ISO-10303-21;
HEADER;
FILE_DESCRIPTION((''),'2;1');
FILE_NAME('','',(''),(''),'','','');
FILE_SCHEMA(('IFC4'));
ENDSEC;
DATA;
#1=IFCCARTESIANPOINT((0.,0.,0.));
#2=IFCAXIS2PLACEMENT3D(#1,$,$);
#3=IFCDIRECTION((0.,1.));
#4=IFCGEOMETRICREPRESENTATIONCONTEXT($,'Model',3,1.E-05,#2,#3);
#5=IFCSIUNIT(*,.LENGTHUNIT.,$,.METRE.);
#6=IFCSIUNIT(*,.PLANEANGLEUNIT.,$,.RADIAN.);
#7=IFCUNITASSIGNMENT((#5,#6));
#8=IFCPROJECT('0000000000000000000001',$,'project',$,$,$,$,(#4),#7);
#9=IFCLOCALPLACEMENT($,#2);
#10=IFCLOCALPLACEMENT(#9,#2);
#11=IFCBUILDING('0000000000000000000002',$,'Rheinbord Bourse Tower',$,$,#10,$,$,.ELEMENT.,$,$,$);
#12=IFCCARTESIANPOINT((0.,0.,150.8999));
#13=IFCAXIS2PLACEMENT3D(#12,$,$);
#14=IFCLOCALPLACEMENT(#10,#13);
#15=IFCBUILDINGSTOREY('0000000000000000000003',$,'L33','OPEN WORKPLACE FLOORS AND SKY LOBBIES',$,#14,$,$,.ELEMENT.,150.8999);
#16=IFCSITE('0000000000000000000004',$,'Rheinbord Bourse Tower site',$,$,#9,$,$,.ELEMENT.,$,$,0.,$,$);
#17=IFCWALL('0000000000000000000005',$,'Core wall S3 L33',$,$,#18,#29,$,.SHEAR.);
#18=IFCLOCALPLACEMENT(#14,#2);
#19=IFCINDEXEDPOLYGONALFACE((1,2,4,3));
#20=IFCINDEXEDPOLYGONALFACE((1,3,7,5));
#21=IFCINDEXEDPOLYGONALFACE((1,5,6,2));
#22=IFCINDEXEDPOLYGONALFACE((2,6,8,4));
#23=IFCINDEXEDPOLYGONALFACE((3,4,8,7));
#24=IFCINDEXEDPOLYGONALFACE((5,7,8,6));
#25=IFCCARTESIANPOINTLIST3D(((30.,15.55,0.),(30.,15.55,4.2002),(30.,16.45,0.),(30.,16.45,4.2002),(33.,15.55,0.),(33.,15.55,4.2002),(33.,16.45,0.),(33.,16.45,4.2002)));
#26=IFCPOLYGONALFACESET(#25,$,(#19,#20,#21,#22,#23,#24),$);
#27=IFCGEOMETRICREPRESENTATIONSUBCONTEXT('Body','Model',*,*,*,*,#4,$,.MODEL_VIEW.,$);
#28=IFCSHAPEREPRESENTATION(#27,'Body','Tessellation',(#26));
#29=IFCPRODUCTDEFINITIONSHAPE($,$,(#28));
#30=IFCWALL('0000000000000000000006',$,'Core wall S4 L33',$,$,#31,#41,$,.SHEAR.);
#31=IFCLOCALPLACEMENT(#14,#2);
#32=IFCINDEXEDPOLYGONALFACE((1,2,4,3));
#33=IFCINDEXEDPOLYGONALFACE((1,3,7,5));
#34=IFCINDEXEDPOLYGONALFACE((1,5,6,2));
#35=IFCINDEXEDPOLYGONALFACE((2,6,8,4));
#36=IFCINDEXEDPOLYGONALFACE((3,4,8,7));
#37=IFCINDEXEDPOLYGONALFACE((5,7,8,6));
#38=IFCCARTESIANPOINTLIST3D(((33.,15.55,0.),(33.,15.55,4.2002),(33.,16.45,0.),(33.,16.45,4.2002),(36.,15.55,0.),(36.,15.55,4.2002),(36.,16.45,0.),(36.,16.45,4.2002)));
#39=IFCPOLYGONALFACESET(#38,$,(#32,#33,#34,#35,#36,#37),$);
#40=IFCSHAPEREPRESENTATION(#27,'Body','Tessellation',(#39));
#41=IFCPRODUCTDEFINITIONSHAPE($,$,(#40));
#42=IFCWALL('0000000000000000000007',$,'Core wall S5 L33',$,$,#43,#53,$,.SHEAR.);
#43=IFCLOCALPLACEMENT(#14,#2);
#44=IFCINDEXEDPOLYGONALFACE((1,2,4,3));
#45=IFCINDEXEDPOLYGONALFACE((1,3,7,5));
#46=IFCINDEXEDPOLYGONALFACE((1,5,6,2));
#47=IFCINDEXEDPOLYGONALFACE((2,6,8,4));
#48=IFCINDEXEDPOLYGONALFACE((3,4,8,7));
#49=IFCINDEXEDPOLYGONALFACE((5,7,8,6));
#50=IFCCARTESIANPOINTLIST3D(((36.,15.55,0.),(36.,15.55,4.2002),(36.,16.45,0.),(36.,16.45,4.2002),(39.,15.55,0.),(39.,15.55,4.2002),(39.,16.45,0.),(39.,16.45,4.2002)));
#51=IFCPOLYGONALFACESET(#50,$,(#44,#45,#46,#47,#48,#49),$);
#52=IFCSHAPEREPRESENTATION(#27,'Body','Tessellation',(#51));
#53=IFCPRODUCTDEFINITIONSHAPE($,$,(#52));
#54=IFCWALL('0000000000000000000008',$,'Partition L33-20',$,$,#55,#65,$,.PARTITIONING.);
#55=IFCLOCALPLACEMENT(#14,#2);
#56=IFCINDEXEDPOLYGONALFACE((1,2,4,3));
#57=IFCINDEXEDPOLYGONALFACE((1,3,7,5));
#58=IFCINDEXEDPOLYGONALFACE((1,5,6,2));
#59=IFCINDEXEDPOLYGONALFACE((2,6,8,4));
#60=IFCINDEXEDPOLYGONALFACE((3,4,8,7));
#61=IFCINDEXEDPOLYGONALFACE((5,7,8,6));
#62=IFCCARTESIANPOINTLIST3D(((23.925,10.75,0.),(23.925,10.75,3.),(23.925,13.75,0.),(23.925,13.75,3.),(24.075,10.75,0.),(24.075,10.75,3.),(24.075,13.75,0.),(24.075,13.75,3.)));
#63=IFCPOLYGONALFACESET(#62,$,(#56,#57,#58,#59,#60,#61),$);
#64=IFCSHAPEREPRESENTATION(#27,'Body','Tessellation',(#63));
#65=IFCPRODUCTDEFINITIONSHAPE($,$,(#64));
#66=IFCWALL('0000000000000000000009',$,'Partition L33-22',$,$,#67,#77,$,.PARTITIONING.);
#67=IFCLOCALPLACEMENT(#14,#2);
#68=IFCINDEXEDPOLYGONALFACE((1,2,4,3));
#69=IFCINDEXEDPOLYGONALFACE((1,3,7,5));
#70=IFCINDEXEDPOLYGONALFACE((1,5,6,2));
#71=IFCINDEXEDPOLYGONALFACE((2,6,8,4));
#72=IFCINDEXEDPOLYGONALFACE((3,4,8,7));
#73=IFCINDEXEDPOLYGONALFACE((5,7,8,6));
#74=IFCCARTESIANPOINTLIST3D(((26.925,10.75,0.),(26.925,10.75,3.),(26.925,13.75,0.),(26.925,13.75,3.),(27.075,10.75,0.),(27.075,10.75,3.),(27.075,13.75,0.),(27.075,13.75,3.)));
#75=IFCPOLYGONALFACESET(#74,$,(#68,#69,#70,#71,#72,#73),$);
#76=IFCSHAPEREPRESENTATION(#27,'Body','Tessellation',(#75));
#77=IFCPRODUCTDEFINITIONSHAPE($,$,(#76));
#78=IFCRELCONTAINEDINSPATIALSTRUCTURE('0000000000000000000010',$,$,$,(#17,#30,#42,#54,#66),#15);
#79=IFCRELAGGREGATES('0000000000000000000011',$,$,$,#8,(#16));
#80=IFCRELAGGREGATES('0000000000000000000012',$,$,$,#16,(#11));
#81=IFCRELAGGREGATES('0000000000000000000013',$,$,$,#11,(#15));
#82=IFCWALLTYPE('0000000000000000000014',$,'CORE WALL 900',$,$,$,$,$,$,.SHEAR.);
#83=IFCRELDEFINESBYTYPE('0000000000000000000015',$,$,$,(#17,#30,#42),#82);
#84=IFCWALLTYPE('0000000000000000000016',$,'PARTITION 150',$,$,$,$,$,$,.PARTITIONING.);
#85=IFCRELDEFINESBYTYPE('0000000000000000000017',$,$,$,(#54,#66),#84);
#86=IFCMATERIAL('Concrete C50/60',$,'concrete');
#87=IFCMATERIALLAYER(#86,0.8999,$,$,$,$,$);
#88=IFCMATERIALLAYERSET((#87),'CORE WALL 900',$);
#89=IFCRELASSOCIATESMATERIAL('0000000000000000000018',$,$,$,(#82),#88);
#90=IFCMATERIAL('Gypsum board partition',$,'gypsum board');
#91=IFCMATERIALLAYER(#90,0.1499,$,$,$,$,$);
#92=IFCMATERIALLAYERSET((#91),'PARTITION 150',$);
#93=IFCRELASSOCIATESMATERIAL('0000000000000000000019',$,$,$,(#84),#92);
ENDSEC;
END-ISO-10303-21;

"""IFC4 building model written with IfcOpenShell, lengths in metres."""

from ifc_helpers import new_model, si_unit, direction, frame, frame_2d, origin, place, context, subcontext, project, spatial, rectangle, extrude, material, layer, layer_set, type_object, element, save


model = new_model("IFC4")

# Units and contexts
model_context = context("Model", 3, precision=1e-05, world=origin(), true_north=direction((0.0, 1.0)))
body_context = subcontext(model_context, "Body", "Model", "MODEL_VIEW")
ifc_project = project(units=[si_unit("LENGTHUNIT", "METRE"), si_unit("PLANEANGLEUNIT", "RADIAN")], contexts=[model_context])

# Site, building, storey
site_placement = place(None, origin())
site = spatial("IfcSite", under=ifc_project, at=site_placement, Name="Rheinbord Bourse Tower site", CompositionType="ELEMENT", RefElevation=0.0)
building_placement = place(site_placement, origin())
building = spatial("IfcBuilding", under=site, at=building_placement, Name="Rheinbord Bourse Tower", CompositionType="ELEMENT")
storey_placement = place(building_placement, frame((0.0, 0.0, 150.8999)))
storey = spatial("IfcBuildingStorey", under=building, at=storey_placement, Name="L33", Description="OPEN WORKPLACE FLOORS AND SKY LOBBIES", CompositionType="ELEMENT", Elevation=150.8999)

# Walls
ifc_material_1 = material(Name="Concrete C50/60", Category="concrete")
ifc_layer_1 = layer(ifc_material_1, 0.8999)
ifc_layer_set_1 = layer_set([ifc_layer_1], Name="CORE WALL 900")
wall_type_1 = type_object("IfcWallType", Name="CORE WALL 900", PredefinedType="SHEAR", material=ifc_layer_set_1)
for number, where, z_axis, x_axis, name in (
    (1, (30.0, 16.0, 0.0), (0.0, 0.0, 1.0), (1.0, 0.0, 0.0), "Core wall S3 L33"),
    (2, (33.0, 16.0, 0.0), (0.0, 0.0, 1.0), (1.0, 0.0, 0.0), "Core wall S4 L33"),
    (3, (36.0, 16.0, 0.0), (0.0, 0.0, 1.0), (1.0, 0.0, 0.0), "Core wall S5 L33"),
):
    element("IfcWall", number, at=place(storey_placement, frame(where, z_axis=z_axis, x_axis=x_axis)), inside=storey, type_object=wall_type_1, Name=name, PredefinedType="SHEAR", context=body_context, shape_type="SweptSolid", body=[
        extrude(rectangle(XDim=3.0, YDim=0.8999, at=frame_2d((1.5, 0.0))), origin(), (0.0, 0.0, 1.0), 4.2002),
    ])
ifc_material_2 = material(Name="Gypsum board partition", Category="gypsum board")
ifc_layer_2 = layer(ifc_material_2, 0.1499)
ifc_layer_set_2 = layer_set([ifc_layer_2], Name="PARTITION 150")
wall_type_2 = type_object("IfcWallType", Name="PARTITION 150", PredefinedType="PARTITIONING", material=ifc_layer_set_2)
for number, where, z_axis, x_axis, name in (
    (4, (24.0, 10.75, 0.0), (0.0, 0.0, 1.0), (0.0, 1.0, 0.0), "Partition L33-20"),
    (5, (27.0, 10.75, 0.0), (0.0, 0.0, 1.0), (0.0, 1.0, 0.0), "Partition L33-22"),
):
    element("IfcWall", number, at=place(storey_placement, frame(where, z_axis=z_axis, x_axis=x_axis)), inside=storey, type_object=wall_type_2, Name=name, PredefinedType="PARTITIONING", context=body_context, shape_type="SweptSolid", body=[
        extrude(rectangle(XDim=3.0, YDim=0.1499, at=frame_2d((1.5, 0.0))), origin(), (0.0, 0.0, 1.0), 3.0),
    ])

save(model, "model.ifc")
